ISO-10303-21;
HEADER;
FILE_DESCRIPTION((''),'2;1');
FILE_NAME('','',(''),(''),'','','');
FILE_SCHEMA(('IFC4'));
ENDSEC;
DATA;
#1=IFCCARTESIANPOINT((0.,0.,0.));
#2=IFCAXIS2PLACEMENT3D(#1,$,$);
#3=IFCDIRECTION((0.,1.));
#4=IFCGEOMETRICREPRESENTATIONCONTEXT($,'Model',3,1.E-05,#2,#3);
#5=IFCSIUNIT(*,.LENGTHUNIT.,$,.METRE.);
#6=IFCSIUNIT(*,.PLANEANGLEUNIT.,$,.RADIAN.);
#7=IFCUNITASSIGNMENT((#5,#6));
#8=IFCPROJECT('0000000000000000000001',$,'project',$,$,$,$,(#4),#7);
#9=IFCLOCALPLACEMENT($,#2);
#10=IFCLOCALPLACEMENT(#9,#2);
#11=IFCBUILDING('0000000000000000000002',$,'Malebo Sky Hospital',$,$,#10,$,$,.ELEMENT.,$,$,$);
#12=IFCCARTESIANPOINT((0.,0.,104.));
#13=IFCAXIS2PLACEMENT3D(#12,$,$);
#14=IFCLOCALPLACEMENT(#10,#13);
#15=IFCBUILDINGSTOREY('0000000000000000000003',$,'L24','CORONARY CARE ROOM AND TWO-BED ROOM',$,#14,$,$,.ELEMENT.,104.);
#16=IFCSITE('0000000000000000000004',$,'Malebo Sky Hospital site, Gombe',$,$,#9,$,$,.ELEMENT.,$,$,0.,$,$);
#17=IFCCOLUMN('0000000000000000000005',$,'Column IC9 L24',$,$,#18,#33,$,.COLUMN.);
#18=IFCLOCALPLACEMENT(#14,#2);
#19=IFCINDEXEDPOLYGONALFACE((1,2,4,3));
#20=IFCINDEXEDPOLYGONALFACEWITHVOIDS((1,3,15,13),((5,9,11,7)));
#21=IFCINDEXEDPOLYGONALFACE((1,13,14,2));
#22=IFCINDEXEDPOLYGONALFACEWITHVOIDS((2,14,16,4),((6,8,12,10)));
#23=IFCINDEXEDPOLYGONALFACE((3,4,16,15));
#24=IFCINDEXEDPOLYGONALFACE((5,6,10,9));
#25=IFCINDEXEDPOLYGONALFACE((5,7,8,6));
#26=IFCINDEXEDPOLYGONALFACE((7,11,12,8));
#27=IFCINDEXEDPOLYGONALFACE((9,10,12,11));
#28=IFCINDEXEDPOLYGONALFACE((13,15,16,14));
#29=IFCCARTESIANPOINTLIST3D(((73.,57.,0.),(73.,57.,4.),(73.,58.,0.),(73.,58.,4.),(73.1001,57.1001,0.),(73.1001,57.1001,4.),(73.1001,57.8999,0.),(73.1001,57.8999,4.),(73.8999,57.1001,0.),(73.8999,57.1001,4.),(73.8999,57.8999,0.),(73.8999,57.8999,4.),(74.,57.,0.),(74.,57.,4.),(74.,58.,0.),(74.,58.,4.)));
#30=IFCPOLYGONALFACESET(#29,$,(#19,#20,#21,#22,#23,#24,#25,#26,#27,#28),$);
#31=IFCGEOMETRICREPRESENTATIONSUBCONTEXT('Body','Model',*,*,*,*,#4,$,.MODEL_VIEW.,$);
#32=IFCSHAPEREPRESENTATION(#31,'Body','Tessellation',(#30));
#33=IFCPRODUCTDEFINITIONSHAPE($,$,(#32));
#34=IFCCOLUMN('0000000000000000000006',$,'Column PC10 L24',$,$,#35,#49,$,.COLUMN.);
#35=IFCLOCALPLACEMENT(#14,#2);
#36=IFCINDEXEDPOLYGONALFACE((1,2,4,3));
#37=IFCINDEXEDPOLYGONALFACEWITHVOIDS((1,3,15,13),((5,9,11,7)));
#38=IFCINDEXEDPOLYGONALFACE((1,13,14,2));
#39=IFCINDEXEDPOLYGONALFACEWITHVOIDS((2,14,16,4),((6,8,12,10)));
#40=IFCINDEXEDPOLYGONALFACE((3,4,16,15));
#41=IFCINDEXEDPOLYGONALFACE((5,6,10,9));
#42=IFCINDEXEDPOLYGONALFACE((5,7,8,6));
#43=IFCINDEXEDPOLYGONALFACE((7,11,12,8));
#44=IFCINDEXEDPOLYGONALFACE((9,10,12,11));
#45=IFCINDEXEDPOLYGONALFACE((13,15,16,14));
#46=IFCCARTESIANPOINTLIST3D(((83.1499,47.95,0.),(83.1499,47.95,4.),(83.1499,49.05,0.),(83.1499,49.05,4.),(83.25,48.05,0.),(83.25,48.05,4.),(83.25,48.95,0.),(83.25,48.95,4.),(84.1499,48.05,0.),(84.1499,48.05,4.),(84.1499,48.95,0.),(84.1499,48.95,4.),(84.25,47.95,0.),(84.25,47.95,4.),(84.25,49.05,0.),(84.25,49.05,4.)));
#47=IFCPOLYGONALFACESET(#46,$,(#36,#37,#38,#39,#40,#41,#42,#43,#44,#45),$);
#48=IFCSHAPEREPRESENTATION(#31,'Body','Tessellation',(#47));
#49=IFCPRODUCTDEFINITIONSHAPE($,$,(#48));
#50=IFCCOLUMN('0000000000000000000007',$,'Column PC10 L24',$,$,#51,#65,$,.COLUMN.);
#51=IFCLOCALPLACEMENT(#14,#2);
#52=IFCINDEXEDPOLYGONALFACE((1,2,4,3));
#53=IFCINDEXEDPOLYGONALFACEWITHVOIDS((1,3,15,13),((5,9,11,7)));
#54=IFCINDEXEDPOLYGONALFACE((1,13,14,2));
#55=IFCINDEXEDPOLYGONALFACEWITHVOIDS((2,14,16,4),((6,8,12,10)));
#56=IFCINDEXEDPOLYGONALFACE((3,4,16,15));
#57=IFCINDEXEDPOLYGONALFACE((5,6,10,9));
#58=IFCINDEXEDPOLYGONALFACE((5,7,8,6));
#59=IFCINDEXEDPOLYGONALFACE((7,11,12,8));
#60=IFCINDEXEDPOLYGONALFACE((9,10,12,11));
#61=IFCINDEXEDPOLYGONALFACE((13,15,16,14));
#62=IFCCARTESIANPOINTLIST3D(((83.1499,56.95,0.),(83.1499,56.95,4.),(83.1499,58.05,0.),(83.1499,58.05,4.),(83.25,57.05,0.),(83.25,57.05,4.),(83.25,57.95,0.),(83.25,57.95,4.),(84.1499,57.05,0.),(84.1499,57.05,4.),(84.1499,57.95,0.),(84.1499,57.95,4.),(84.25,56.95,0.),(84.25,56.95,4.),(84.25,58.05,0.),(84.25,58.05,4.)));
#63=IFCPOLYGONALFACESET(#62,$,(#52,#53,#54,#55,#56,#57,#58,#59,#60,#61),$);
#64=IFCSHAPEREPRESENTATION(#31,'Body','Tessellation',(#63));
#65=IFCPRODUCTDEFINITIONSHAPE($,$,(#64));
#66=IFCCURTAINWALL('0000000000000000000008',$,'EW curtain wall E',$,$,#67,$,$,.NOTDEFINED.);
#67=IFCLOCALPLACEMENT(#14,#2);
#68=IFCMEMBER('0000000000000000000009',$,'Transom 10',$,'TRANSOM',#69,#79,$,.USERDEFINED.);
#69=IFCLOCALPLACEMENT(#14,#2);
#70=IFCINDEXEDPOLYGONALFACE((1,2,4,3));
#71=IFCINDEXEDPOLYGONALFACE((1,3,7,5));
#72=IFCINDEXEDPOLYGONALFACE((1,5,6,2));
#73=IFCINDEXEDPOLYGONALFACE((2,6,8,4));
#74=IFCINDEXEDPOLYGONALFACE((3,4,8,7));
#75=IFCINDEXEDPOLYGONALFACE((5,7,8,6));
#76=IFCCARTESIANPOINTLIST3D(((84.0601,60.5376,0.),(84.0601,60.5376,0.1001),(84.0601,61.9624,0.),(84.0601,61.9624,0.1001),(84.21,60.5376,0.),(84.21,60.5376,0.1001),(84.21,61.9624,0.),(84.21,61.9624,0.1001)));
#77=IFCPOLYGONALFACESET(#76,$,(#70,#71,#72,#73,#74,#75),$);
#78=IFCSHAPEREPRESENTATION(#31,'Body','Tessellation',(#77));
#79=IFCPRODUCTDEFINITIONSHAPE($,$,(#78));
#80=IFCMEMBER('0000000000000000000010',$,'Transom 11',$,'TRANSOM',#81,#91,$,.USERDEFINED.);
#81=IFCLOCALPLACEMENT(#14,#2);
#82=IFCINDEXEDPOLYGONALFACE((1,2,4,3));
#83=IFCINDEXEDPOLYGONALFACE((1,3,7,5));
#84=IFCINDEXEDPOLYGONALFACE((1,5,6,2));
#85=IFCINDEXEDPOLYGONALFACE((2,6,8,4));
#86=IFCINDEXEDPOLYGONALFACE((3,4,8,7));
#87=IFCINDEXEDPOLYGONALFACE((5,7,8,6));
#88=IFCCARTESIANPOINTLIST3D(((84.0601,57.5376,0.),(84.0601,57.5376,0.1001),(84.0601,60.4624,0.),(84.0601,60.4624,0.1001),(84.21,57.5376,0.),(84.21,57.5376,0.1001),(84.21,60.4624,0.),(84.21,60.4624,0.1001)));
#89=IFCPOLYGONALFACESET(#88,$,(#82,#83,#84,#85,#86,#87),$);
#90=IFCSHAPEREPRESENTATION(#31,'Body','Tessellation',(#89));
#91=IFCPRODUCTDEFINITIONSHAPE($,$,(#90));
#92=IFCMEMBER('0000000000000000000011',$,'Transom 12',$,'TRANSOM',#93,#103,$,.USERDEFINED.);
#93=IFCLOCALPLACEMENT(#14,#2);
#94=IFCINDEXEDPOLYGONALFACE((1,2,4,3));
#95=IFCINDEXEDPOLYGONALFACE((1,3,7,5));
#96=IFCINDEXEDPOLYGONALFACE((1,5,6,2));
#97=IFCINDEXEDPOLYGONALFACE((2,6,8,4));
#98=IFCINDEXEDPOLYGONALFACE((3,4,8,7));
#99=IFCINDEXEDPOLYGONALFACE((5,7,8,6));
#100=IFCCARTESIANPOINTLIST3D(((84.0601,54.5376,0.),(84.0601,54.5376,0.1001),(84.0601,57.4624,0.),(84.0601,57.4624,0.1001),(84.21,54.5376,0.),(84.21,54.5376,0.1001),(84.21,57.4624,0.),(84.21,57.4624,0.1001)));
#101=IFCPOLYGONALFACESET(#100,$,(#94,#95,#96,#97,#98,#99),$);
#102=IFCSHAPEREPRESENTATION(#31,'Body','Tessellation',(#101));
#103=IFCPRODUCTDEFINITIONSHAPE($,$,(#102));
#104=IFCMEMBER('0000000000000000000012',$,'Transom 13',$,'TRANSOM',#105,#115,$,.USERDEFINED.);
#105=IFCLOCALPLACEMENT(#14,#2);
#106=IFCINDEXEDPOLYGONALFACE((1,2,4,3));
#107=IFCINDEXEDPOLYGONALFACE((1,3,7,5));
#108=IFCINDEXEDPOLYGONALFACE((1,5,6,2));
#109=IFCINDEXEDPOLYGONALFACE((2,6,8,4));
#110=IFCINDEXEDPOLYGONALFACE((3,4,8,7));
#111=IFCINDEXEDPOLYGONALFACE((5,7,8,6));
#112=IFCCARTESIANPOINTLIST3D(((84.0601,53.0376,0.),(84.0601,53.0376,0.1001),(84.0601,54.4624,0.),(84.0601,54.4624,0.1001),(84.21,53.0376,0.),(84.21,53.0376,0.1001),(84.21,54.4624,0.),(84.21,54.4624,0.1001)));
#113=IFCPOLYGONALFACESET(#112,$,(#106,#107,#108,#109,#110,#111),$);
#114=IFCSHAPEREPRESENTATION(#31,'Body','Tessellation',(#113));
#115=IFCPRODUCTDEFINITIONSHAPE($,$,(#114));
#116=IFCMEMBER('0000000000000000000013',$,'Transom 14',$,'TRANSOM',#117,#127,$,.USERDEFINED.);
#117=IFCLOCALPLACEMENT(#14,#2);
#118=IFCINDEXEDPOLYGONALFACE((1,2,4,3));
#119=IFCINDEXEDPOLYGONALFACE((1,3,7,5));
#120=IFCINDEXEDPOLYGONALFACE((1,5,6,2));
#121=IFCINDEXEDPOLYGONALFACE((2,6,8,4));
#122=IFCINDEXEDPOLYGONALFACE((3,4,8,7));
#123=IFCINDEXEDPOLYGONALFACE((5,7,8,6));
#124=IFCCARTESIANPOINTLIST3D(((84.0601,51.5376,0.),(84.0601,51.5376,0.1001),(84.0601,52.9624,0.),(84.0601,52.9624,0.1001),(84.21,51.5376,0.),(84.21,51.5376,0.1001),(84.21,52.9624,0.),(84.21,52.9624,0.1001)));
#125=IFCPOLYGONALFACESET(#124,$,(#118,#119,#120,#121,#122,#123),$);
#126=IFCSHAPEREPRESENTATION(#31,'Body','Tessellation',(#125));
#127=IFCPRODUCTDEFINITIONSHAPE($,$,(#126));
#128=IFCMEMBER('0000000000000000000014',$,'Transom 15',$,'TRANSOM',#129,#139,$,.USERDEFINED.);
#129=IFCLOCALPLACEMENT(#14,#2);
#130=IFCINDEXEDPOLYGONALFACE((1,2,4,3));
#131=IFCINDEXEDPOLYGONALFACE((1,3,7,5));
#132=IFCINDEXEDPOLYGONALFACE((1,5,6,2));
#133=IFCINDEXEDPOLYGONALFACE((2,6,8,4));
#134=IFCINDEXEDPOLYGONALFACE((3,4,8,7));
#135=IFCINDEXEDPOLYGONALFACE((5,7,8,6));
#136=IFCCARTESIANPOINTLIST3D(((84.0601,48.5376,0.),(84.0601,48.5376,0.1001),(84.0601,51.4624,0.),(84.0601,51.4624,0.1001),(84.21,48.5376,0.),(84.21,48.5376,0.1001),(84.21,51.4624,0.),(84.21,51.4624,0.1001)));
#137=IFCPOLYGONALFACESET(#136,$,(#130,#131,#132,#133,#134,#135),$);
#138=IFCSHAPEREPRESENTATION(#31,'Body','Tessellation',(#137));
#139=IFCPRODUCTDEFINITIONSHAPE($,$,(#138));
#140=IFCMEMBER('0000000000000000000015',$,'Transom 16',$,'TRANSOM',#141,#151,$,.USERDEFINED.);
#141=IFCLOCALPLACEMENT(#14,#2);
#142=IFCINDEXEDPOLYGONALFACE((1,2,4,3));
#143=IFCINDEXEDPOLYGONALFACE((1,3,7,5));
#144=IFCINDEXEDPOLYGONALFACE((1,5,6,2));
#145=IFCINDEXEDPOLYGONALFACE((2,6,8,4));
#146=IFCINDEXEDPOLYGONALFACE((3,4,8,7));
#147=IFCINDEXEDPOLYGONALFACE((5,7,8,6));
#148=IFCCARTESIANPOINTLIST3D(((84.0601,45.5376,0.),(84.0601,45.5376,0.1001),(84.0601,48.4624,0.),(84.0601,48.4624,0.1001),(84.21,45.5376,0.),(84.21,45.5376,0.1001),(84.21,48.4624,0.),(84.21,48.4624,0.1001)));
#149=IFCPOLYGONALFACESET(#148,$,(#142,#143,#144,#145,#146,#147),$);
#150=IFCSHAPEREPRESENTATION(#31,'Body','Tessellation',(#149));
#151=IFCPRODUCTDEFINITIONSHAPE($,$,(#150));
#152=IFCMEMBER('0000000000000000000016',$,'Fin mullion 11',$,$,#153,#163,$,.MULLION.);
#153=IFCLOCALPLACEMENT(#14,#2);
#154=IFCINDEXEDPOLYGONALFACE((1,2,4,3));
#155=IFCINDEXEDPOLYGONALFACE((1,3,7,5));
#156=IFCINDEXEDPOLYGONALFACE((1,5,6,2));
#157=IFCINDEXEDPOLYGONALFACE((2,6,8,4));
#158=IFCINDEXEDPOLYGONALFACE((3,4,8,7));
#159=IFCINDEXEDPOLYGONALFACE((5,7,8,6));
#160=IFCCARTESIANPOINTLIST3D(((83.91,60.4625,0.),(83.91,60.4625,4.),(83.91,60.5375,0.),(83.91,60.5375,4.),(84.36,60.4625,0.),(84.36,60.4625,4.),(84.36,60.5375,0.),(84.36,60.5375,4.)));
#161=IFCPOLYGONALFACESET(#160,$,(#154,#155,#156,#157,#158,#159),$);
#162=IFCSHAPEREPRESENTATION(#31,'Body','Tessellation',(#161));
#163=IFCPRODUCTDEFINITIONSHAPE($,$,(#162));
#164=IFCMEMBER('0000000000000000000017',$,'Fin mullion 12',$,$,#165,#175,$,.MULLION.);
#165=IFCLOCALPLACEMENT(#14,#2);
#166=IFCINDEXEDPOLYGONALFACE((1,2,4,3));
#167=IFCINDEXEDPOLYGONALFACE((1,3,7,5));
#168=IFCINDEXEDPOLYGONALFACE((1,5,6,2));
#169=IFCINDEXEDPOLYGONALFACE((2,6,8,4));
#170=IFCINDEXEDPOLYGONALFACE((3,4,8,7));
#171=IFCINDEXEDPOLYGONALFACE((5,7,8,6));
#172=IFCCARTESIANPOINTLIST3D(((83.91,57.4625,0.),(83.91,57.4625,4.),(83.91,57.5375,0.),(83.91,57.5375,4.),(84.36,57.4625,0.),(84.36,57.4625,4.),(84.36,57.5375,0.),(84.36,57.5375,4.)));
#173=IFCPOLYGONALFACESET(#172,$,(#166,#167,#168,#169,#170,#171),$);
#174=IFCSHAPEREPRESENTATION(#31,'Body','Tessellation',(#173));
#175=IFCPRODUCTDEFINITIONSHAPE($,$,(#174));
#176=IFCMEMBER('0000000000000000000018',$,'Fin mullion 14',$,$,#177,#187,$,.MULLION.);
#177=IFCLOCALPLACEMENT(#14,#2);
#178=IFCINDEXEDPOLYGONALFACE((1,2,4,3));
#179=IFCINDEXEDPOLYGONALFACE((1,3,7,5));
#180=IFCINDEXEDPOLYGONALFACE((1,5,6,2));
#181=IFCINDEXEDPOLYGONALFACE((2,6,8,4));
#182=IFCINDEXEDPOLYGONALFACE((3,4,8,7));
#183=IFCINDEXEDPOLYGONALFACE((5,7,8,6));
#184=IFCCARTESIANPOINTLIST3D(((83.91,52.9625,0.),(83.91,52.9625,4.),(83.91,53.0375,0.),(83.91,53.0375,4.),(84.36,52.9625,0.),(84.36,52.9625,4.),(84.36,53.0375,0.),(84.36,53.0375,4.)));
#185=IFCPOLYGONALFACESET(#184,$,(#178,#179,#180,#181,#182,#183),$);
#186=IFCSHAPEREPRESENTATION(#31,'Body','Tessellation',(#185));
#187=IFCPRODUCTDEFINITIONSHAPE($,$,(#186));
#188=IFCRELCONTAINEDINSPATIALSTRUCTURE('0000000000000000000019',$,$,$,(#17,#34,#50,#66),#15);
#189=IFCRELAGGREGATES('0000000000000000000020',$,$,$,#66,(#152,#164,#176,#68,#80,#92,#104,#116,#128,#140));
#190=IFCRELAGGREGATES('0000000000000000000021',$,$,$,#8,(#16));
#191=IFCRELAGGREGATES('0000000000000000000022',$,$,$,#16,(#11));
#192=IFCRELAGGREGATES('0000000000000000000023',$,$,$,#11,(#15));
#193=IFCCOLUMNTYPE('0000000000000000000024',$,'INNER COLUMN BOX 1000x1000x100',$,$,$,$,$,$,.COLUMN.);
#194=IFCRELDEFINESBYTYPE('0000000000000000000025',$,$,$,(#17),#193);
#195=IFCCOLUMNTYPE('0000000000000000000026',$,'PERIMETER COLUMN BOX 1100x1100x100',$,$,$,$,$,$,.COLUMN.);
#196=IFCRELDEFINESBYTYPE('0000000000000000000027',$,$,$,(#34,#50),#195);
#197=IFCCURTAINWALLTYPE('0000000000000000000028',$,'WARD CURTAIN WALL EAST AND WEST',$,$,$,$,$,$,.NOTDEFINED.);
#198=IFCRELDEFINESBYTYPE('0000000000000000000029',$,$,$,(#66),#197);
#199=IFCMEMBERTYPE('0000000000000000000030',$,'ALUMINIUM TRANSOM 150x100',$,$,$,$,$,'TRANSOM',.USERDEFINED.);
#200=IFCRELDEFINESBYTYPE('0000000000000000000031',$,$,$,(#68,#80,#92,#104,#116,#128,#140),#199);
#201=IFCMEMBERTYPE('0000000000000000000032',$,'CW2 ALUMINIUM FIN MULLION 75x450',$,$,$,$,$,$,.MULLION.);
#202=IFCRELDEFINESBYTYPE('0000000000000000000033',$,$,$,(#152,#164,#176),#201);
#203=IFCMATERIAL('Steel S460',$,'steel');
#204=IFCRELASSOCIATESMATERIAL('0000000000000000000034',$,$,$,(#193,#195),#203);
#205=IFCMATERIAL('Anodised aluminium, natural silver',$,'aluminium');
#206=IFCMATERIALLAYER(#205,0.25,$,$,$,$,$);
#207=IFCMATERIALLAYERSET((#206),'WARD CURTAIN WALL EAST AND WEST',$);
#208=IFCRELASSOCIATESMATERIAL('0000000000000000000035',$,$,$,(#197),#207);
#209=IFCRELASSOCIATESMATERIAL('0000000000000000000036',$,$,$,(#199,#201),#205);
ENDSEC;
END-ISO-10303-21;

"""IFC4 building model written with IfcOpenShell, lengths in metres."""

from ifc_helpers import new_model, si_unit, direction, frame, origin, origin_2d, place, context, subcontext, project, spatial, rectangle, hollow_rectangle, extrude, material, layer, layer_set, material_profile, profile_set, type_object, element, aggregate, save


model = new_model("IFC4")

# Units and contexts
model_context = context("Model", 3, precision=1e-05, world=origin(), true_north=direction((0.0, 1.0)))
body_context = subcontext(model_context, "Body", "Model", "MODEL_VIEW")
ifc_project = project(units=[si_unit("LENGTHUNIT", "METRE"), si_unit("PLANEANGLEUNIT", "RADIAN")], contexts=[model_context])

# Site, building, storey
site_placement = place(None, origin())
site = spatial("IfcSite", under=ifc_project, at=site_placement, Name="Malebo Sky Hospital site, Gombe", CompositionType="ELEMENT", RefElevation=0.0)
building_placement = place(site_placement, origin())
building = spatial("IfcBuilding", under=site, at=building_placement, Name="Malebo Sky Hospital", CompositionType="ELEMENT")
storey_placement = place(building_placement, frame((0.0, 0.0, 104.0)))
storey = spatial("IfcBuildingStorey", under=building, at=storey_placement, Name="L24", Description="CORONARY CARE ROOM AND TWO-BED ROOM", CompositionType="ELEMENT", Elevation=104.0)

# Columns
ifc_material_1 = material(Name="Steel S460", Category="steel")
ifc_material_profile_1 = material_profile(ifc_material_1, hollow_rectangle(XDim=1.0, YDim=1.0, WallThickness=0.1001, at=origin_2d()), Name="BOX 1000x1000x100")
ifc_profile_set_1 = profile_set([ifc_material_profile_1], Name="Steel S460")
column_type_1 = type_object("IfcColumnType", Name="INNER COLUMN BOX 1000x1000x100", PredefinedType="COLUMN", material=ifc_profile_set_1)
column_placement = place(storey_placement, frame((73.5, 57.5, 0.0), z_axis=(0.0, 0.0, 1.0), x_axis=(1.0, 0.0, 0.0)))
element("IfcColumn", 1, at=column_placement, inside=storey, type_object=column_type_1, Name="Column IC9 L24", PredefinedType="COLUMN", context=body_context, shape_type="SweptSolid", body=[
    extrude(hollow_rectangle(XDim=1.0, YDim=1.0, WallThickness=0.1001, at=origin_2d()), origin(), (0.0, 0.0, 1.0), 4.0),
])
ifc_material_profile_2 = material_profile(ifc_material_1, hollow_rectangle(XDim=1.1001, YDim=1.1001, WallThickness=0.1001, at=origin_2d()), Name="BOX 1100x1100x100")
ifc_profile_set_2 = profile_set([ifc_material_profile_2], Name="Steel S460")
column_type_2 = type_object("IfcColumnType", Name="PERIMETER COLUMN BOX 1100x1100x100", PredefinedType="COLUMN", material=ifc_profile_set_2)
for number, where, z_axis, x_axis, name in (
    (2, (83.7, 48.5, 0.0), (0.0, 0.0, 1.0), (1.0, 0.0, 0.0), "Column PC10 L24"),
    (3, (83.7, 57.5, 0.0), (0.0, 0.0, 1.0), (1.0, 0.0, 0.0), "Column PC10 L24"),
):
    element("IfcColumn", number, at=place(storey_placement, frame(where, z_axis=z_axis, x_axis=x_axis)), inside=storey, type_object=column_type_2, Name=name, PredefinedType="COLUMN", context=body_context, shape_type="SweptSolid", body=[
        extrude(hollow_rectangle(XDim=1.1001, YDim=1.1001, WallThickness=0.1001, at=origin_2d()), origin(), (0.0, 0.0, 1.0), 4.0),
    ])

# Curtain wall, members
ifc_material_2 = material(Name="Anodised aluminium, natural silver", Category="aluminium")
ifc_layer_1 = layer(ifc_material_2, 0.25)
ifc_layer_set_1 = layer_set([ifc_layer_1], Name="WARD CURTAIN WALL EAST AND WEST")
curtain_wall_type = type_object("IfcCurtainWallType", Name="WARD CURTAIN WALL EAST AND WEST", PredefinedType="NOTDEFINED", material=ifc_layer_set_1)
curtain_wall_placement = place(storey_placement, origin())
curtain_wall = element("IfcCurtainWall", 4, at=curtain_wall_placement, inside=storey, type_object=curtain_wall_type, Name="EW curtain wall E", PredefinedType="NOTDEFINED")
ifc_material_profile_3 = material_profile(ifc_material_2, rectangle(XDim=0.1499, YDim=0.1001, at=origin_2d()), Name="ALUMINIUM TRANSOM 150x100")
ifc_profile_set_3 = profile_set([ifc_material_profile_3], Name="Anodised aluminium, natural silver")
member_type_1 = type_object("IfcMemberType", Name="ALUMINIUM TRANSOM 150x100", ElementType="TRANSOM", PredefinedType="USERDEFINED", material=ifc_profile_set_3)
member_1_placement = place(storey_placement, frame((84.135, 61.9624, 0.05), z_axis=(0.0, -1.0, 0.0), x_axis=(1.0, 0.0, 0.0)))
member_1 = element("IfcMember", 5, at=member_1_placement, type_object=member_type_1, Name="Transom 10", ObjectType="TRANSOM", PredefinedType="USERDEFINED", context=body_context, shape_type="SweptSolid", body=[
    extrude(rectangle(XDim=0.1499, YDim=0.1001, at=origin_2d()), origin(), (0.0, 0.0, 1.0), 1.4248),
])
member_2_placement = place(storey_placement, frame((84.135, 60.4624, 0.05), z_axis=(0.0, -1.0, 0.0), x_axis=(1.0, 0.0, 0.0)))
member_2 = element("IfcMember", 6, at=member_2_placement, type_object=member_type_1, Name="Transom 11", ObjectType="TRANSOM", PredefinedType="USERDEFINED", context=body_context, shape_type="SweptSolid", body=[
    extrude(rectangle(XDim=0.1499, YDim=0.1001, at=origin_2d()), origin(), (0.0, 0.0, 1.0), 2.9248),
])
member_3_placement = place(storey_placement, frame((84.135, 57.4624, 0.05), z_axis=(0.0, -1.0, 0.0), x_axis=(1.0, 0.0, 0.0)))
member_3 = element("IfcMember", 7, at=member_3_placement, type_object=member_type_1, Name="Transom 12", ObjectType="TRANSOM", PredefinedType="USERDEFINED", context=body_context, shape_type="SweptSolid", body=[
    extrude(rectangle(XDim=0.1499, YDim=0.1001, at=origin_2d()), origin(), (0.0, 0.0, 1.0), 2.9248),
])
member_4_placement = place(storey_placement, frame((84.135, 54.4624, 0.05), z_axis=(0.0, -1.0, 0.0), x_axis=(1.0, 0.0, 0.0)))
member_4 = element("IfcMember", 8, at=member_4_placement, type_object=member_type_1, Name="Transom 13", ObjectType="TRANSOM", PredefinedType="USERDEFINED", context=body_context, shape_type="SweptSolid", body=[
    extrude(rectangle(XDim=0.1499, YDim=0.1001, at=origin_2d()), origin(), (0.0, 0.0, 1.0), 1.4248),
])
member_5_placement = place(storey_placement, frame((84.135, 52.9624, 0.05), z_axis=(0.0, -1.0, 0.0), x_axis=(1.0, 0.0, 0.0)))
member_5 = element("IfcMember", 9, at=member_5_placement, type_object=member_type_1, Name="Transom 14", ObjectType="TRANSOM", PredefinedType="USERDEFINED", context=body_context, shape_type="SweptSolid", body=[
    extrude(rectangle(XDim=0.1499, YDim=0.1001, at=origin_2d()), origin(), (0.0, 0.0, 1.0), 1.4248),
])
member_6_placement = place(storey_placement, frame((84.135, 51.4624, 0.05), z_axis=(0.0, -1.0, 0.0), x_axis=(1.0, 0.0, 0.0)))
member_6 = element("IfcMember", 10, at=member_6_placement, type_object=member_type_1, Name="Transom 15", ObjectType="TRANSOM", PredefinedType="USERDEFINED", context=body_context, shape_type="SweptSolid", body=[
    extrude(rectangle(XDim=0.1499, YDim=0.1001, at=origin_2d()), origin(), (0.0, 0.0, 1.0), 2.9248),
])
member_7_placement = place(storey_placement, frame((84.135, 48.4624, 0.05), z_axis=(0.0, -1.0, 0.0), x_axis=(1.0, 0.0, 0.0)))
member_7 = element("IfcMember", 11, at=member_7_placement, type_object=member_type_1, Name="Transom 16", ObjectType="TRANSOM", PredefinedType="USERDEFINED", context=body_context, shape_type="SweptSolid", body=[
    extrude(rectangle(XDim=0.1499, YDim=0.1001, at=origin_2d()), origin(), (0.0, 0.0, 1.0), 2.9248),
])
ifc_material_profile_4 = material_profile(ifc_material_2, rectangle(XDim=0.075, YDim=0.45, at=origin_2d()), Name="CW2 ALUMINIUM FIN MULLION 75x450")
ifc_profile_set_4 = profile_set([ifc_material_profile_4], Name="Anodised aluminium, natural silver")
member_type_2 = type_object("IfcMemberType", Name="CW2 ALUMINIUM FIN MULLION 75x450", PredefinedType="MULLION", material=ifc_profile_set_4)
member_8_placement = place(storey_placement, frame((84.135, 60.5, 0.0), z_axis=(0.0, 0.0, 1.0), x_axis=(0.0, -1.0, 0.0)))
member_8 = element("IfcMember", 12, at=member_8_placement, type_object=member_type_2, Name="Fin mullion 11", PredefinedType="MULLION", context=body_context, shape_type="SweptSolid", body=[
    extrude(rectangle(XDim=0.075, YDim=0.45, at=origin_2d()), origin(), (0.0, 0.0, 1.0), 4.0),
])
member_9_placement = place(storey_placement, frame((84.135, 57.5, 0.0), z_axis=(0.0, 0.0, 1.0), x_axis=(0.0, -1.0, 0.0)))
member_9 = element("IfcMember", 13, at=member_9_placement, type_object=member_type_2, Name="Fin mullion 12", PredefinedType="MULLION", context=body_context, shape_type="SweptSolid", body=[
    extrude(rectangle(XDim=0.075, YDim=0.45, at=origin_2d()), origin(), (0.0, 0.0, 1.0), 4.0),
])
member_10_placement = place(storey_placement, frame((84.135, 53.0, 0.0), z_axis=(0.0, 0.0, 1.0), x_axis=(0.0, -1.0, 0.0)))
member_10 = element("IfcMember", 14, at=member_10_placement, type_object=member_type_2, Name="Fin mullion 14", PredefinedType="MULLION", context=body_context, shape_type="SweptSolid", body=[
    extrude(rectangle(XDim=0.075, YDim=0.45, at=origin_2d()), origin(), (0.0, 0.0, 1.0), 4.0),
])

aggregate(curtain_wall, [member_8, member_9, member_10, member_1, member_2, member_3, member_4, member_5, member_6, member_7])

save(model, "model.ifc")
